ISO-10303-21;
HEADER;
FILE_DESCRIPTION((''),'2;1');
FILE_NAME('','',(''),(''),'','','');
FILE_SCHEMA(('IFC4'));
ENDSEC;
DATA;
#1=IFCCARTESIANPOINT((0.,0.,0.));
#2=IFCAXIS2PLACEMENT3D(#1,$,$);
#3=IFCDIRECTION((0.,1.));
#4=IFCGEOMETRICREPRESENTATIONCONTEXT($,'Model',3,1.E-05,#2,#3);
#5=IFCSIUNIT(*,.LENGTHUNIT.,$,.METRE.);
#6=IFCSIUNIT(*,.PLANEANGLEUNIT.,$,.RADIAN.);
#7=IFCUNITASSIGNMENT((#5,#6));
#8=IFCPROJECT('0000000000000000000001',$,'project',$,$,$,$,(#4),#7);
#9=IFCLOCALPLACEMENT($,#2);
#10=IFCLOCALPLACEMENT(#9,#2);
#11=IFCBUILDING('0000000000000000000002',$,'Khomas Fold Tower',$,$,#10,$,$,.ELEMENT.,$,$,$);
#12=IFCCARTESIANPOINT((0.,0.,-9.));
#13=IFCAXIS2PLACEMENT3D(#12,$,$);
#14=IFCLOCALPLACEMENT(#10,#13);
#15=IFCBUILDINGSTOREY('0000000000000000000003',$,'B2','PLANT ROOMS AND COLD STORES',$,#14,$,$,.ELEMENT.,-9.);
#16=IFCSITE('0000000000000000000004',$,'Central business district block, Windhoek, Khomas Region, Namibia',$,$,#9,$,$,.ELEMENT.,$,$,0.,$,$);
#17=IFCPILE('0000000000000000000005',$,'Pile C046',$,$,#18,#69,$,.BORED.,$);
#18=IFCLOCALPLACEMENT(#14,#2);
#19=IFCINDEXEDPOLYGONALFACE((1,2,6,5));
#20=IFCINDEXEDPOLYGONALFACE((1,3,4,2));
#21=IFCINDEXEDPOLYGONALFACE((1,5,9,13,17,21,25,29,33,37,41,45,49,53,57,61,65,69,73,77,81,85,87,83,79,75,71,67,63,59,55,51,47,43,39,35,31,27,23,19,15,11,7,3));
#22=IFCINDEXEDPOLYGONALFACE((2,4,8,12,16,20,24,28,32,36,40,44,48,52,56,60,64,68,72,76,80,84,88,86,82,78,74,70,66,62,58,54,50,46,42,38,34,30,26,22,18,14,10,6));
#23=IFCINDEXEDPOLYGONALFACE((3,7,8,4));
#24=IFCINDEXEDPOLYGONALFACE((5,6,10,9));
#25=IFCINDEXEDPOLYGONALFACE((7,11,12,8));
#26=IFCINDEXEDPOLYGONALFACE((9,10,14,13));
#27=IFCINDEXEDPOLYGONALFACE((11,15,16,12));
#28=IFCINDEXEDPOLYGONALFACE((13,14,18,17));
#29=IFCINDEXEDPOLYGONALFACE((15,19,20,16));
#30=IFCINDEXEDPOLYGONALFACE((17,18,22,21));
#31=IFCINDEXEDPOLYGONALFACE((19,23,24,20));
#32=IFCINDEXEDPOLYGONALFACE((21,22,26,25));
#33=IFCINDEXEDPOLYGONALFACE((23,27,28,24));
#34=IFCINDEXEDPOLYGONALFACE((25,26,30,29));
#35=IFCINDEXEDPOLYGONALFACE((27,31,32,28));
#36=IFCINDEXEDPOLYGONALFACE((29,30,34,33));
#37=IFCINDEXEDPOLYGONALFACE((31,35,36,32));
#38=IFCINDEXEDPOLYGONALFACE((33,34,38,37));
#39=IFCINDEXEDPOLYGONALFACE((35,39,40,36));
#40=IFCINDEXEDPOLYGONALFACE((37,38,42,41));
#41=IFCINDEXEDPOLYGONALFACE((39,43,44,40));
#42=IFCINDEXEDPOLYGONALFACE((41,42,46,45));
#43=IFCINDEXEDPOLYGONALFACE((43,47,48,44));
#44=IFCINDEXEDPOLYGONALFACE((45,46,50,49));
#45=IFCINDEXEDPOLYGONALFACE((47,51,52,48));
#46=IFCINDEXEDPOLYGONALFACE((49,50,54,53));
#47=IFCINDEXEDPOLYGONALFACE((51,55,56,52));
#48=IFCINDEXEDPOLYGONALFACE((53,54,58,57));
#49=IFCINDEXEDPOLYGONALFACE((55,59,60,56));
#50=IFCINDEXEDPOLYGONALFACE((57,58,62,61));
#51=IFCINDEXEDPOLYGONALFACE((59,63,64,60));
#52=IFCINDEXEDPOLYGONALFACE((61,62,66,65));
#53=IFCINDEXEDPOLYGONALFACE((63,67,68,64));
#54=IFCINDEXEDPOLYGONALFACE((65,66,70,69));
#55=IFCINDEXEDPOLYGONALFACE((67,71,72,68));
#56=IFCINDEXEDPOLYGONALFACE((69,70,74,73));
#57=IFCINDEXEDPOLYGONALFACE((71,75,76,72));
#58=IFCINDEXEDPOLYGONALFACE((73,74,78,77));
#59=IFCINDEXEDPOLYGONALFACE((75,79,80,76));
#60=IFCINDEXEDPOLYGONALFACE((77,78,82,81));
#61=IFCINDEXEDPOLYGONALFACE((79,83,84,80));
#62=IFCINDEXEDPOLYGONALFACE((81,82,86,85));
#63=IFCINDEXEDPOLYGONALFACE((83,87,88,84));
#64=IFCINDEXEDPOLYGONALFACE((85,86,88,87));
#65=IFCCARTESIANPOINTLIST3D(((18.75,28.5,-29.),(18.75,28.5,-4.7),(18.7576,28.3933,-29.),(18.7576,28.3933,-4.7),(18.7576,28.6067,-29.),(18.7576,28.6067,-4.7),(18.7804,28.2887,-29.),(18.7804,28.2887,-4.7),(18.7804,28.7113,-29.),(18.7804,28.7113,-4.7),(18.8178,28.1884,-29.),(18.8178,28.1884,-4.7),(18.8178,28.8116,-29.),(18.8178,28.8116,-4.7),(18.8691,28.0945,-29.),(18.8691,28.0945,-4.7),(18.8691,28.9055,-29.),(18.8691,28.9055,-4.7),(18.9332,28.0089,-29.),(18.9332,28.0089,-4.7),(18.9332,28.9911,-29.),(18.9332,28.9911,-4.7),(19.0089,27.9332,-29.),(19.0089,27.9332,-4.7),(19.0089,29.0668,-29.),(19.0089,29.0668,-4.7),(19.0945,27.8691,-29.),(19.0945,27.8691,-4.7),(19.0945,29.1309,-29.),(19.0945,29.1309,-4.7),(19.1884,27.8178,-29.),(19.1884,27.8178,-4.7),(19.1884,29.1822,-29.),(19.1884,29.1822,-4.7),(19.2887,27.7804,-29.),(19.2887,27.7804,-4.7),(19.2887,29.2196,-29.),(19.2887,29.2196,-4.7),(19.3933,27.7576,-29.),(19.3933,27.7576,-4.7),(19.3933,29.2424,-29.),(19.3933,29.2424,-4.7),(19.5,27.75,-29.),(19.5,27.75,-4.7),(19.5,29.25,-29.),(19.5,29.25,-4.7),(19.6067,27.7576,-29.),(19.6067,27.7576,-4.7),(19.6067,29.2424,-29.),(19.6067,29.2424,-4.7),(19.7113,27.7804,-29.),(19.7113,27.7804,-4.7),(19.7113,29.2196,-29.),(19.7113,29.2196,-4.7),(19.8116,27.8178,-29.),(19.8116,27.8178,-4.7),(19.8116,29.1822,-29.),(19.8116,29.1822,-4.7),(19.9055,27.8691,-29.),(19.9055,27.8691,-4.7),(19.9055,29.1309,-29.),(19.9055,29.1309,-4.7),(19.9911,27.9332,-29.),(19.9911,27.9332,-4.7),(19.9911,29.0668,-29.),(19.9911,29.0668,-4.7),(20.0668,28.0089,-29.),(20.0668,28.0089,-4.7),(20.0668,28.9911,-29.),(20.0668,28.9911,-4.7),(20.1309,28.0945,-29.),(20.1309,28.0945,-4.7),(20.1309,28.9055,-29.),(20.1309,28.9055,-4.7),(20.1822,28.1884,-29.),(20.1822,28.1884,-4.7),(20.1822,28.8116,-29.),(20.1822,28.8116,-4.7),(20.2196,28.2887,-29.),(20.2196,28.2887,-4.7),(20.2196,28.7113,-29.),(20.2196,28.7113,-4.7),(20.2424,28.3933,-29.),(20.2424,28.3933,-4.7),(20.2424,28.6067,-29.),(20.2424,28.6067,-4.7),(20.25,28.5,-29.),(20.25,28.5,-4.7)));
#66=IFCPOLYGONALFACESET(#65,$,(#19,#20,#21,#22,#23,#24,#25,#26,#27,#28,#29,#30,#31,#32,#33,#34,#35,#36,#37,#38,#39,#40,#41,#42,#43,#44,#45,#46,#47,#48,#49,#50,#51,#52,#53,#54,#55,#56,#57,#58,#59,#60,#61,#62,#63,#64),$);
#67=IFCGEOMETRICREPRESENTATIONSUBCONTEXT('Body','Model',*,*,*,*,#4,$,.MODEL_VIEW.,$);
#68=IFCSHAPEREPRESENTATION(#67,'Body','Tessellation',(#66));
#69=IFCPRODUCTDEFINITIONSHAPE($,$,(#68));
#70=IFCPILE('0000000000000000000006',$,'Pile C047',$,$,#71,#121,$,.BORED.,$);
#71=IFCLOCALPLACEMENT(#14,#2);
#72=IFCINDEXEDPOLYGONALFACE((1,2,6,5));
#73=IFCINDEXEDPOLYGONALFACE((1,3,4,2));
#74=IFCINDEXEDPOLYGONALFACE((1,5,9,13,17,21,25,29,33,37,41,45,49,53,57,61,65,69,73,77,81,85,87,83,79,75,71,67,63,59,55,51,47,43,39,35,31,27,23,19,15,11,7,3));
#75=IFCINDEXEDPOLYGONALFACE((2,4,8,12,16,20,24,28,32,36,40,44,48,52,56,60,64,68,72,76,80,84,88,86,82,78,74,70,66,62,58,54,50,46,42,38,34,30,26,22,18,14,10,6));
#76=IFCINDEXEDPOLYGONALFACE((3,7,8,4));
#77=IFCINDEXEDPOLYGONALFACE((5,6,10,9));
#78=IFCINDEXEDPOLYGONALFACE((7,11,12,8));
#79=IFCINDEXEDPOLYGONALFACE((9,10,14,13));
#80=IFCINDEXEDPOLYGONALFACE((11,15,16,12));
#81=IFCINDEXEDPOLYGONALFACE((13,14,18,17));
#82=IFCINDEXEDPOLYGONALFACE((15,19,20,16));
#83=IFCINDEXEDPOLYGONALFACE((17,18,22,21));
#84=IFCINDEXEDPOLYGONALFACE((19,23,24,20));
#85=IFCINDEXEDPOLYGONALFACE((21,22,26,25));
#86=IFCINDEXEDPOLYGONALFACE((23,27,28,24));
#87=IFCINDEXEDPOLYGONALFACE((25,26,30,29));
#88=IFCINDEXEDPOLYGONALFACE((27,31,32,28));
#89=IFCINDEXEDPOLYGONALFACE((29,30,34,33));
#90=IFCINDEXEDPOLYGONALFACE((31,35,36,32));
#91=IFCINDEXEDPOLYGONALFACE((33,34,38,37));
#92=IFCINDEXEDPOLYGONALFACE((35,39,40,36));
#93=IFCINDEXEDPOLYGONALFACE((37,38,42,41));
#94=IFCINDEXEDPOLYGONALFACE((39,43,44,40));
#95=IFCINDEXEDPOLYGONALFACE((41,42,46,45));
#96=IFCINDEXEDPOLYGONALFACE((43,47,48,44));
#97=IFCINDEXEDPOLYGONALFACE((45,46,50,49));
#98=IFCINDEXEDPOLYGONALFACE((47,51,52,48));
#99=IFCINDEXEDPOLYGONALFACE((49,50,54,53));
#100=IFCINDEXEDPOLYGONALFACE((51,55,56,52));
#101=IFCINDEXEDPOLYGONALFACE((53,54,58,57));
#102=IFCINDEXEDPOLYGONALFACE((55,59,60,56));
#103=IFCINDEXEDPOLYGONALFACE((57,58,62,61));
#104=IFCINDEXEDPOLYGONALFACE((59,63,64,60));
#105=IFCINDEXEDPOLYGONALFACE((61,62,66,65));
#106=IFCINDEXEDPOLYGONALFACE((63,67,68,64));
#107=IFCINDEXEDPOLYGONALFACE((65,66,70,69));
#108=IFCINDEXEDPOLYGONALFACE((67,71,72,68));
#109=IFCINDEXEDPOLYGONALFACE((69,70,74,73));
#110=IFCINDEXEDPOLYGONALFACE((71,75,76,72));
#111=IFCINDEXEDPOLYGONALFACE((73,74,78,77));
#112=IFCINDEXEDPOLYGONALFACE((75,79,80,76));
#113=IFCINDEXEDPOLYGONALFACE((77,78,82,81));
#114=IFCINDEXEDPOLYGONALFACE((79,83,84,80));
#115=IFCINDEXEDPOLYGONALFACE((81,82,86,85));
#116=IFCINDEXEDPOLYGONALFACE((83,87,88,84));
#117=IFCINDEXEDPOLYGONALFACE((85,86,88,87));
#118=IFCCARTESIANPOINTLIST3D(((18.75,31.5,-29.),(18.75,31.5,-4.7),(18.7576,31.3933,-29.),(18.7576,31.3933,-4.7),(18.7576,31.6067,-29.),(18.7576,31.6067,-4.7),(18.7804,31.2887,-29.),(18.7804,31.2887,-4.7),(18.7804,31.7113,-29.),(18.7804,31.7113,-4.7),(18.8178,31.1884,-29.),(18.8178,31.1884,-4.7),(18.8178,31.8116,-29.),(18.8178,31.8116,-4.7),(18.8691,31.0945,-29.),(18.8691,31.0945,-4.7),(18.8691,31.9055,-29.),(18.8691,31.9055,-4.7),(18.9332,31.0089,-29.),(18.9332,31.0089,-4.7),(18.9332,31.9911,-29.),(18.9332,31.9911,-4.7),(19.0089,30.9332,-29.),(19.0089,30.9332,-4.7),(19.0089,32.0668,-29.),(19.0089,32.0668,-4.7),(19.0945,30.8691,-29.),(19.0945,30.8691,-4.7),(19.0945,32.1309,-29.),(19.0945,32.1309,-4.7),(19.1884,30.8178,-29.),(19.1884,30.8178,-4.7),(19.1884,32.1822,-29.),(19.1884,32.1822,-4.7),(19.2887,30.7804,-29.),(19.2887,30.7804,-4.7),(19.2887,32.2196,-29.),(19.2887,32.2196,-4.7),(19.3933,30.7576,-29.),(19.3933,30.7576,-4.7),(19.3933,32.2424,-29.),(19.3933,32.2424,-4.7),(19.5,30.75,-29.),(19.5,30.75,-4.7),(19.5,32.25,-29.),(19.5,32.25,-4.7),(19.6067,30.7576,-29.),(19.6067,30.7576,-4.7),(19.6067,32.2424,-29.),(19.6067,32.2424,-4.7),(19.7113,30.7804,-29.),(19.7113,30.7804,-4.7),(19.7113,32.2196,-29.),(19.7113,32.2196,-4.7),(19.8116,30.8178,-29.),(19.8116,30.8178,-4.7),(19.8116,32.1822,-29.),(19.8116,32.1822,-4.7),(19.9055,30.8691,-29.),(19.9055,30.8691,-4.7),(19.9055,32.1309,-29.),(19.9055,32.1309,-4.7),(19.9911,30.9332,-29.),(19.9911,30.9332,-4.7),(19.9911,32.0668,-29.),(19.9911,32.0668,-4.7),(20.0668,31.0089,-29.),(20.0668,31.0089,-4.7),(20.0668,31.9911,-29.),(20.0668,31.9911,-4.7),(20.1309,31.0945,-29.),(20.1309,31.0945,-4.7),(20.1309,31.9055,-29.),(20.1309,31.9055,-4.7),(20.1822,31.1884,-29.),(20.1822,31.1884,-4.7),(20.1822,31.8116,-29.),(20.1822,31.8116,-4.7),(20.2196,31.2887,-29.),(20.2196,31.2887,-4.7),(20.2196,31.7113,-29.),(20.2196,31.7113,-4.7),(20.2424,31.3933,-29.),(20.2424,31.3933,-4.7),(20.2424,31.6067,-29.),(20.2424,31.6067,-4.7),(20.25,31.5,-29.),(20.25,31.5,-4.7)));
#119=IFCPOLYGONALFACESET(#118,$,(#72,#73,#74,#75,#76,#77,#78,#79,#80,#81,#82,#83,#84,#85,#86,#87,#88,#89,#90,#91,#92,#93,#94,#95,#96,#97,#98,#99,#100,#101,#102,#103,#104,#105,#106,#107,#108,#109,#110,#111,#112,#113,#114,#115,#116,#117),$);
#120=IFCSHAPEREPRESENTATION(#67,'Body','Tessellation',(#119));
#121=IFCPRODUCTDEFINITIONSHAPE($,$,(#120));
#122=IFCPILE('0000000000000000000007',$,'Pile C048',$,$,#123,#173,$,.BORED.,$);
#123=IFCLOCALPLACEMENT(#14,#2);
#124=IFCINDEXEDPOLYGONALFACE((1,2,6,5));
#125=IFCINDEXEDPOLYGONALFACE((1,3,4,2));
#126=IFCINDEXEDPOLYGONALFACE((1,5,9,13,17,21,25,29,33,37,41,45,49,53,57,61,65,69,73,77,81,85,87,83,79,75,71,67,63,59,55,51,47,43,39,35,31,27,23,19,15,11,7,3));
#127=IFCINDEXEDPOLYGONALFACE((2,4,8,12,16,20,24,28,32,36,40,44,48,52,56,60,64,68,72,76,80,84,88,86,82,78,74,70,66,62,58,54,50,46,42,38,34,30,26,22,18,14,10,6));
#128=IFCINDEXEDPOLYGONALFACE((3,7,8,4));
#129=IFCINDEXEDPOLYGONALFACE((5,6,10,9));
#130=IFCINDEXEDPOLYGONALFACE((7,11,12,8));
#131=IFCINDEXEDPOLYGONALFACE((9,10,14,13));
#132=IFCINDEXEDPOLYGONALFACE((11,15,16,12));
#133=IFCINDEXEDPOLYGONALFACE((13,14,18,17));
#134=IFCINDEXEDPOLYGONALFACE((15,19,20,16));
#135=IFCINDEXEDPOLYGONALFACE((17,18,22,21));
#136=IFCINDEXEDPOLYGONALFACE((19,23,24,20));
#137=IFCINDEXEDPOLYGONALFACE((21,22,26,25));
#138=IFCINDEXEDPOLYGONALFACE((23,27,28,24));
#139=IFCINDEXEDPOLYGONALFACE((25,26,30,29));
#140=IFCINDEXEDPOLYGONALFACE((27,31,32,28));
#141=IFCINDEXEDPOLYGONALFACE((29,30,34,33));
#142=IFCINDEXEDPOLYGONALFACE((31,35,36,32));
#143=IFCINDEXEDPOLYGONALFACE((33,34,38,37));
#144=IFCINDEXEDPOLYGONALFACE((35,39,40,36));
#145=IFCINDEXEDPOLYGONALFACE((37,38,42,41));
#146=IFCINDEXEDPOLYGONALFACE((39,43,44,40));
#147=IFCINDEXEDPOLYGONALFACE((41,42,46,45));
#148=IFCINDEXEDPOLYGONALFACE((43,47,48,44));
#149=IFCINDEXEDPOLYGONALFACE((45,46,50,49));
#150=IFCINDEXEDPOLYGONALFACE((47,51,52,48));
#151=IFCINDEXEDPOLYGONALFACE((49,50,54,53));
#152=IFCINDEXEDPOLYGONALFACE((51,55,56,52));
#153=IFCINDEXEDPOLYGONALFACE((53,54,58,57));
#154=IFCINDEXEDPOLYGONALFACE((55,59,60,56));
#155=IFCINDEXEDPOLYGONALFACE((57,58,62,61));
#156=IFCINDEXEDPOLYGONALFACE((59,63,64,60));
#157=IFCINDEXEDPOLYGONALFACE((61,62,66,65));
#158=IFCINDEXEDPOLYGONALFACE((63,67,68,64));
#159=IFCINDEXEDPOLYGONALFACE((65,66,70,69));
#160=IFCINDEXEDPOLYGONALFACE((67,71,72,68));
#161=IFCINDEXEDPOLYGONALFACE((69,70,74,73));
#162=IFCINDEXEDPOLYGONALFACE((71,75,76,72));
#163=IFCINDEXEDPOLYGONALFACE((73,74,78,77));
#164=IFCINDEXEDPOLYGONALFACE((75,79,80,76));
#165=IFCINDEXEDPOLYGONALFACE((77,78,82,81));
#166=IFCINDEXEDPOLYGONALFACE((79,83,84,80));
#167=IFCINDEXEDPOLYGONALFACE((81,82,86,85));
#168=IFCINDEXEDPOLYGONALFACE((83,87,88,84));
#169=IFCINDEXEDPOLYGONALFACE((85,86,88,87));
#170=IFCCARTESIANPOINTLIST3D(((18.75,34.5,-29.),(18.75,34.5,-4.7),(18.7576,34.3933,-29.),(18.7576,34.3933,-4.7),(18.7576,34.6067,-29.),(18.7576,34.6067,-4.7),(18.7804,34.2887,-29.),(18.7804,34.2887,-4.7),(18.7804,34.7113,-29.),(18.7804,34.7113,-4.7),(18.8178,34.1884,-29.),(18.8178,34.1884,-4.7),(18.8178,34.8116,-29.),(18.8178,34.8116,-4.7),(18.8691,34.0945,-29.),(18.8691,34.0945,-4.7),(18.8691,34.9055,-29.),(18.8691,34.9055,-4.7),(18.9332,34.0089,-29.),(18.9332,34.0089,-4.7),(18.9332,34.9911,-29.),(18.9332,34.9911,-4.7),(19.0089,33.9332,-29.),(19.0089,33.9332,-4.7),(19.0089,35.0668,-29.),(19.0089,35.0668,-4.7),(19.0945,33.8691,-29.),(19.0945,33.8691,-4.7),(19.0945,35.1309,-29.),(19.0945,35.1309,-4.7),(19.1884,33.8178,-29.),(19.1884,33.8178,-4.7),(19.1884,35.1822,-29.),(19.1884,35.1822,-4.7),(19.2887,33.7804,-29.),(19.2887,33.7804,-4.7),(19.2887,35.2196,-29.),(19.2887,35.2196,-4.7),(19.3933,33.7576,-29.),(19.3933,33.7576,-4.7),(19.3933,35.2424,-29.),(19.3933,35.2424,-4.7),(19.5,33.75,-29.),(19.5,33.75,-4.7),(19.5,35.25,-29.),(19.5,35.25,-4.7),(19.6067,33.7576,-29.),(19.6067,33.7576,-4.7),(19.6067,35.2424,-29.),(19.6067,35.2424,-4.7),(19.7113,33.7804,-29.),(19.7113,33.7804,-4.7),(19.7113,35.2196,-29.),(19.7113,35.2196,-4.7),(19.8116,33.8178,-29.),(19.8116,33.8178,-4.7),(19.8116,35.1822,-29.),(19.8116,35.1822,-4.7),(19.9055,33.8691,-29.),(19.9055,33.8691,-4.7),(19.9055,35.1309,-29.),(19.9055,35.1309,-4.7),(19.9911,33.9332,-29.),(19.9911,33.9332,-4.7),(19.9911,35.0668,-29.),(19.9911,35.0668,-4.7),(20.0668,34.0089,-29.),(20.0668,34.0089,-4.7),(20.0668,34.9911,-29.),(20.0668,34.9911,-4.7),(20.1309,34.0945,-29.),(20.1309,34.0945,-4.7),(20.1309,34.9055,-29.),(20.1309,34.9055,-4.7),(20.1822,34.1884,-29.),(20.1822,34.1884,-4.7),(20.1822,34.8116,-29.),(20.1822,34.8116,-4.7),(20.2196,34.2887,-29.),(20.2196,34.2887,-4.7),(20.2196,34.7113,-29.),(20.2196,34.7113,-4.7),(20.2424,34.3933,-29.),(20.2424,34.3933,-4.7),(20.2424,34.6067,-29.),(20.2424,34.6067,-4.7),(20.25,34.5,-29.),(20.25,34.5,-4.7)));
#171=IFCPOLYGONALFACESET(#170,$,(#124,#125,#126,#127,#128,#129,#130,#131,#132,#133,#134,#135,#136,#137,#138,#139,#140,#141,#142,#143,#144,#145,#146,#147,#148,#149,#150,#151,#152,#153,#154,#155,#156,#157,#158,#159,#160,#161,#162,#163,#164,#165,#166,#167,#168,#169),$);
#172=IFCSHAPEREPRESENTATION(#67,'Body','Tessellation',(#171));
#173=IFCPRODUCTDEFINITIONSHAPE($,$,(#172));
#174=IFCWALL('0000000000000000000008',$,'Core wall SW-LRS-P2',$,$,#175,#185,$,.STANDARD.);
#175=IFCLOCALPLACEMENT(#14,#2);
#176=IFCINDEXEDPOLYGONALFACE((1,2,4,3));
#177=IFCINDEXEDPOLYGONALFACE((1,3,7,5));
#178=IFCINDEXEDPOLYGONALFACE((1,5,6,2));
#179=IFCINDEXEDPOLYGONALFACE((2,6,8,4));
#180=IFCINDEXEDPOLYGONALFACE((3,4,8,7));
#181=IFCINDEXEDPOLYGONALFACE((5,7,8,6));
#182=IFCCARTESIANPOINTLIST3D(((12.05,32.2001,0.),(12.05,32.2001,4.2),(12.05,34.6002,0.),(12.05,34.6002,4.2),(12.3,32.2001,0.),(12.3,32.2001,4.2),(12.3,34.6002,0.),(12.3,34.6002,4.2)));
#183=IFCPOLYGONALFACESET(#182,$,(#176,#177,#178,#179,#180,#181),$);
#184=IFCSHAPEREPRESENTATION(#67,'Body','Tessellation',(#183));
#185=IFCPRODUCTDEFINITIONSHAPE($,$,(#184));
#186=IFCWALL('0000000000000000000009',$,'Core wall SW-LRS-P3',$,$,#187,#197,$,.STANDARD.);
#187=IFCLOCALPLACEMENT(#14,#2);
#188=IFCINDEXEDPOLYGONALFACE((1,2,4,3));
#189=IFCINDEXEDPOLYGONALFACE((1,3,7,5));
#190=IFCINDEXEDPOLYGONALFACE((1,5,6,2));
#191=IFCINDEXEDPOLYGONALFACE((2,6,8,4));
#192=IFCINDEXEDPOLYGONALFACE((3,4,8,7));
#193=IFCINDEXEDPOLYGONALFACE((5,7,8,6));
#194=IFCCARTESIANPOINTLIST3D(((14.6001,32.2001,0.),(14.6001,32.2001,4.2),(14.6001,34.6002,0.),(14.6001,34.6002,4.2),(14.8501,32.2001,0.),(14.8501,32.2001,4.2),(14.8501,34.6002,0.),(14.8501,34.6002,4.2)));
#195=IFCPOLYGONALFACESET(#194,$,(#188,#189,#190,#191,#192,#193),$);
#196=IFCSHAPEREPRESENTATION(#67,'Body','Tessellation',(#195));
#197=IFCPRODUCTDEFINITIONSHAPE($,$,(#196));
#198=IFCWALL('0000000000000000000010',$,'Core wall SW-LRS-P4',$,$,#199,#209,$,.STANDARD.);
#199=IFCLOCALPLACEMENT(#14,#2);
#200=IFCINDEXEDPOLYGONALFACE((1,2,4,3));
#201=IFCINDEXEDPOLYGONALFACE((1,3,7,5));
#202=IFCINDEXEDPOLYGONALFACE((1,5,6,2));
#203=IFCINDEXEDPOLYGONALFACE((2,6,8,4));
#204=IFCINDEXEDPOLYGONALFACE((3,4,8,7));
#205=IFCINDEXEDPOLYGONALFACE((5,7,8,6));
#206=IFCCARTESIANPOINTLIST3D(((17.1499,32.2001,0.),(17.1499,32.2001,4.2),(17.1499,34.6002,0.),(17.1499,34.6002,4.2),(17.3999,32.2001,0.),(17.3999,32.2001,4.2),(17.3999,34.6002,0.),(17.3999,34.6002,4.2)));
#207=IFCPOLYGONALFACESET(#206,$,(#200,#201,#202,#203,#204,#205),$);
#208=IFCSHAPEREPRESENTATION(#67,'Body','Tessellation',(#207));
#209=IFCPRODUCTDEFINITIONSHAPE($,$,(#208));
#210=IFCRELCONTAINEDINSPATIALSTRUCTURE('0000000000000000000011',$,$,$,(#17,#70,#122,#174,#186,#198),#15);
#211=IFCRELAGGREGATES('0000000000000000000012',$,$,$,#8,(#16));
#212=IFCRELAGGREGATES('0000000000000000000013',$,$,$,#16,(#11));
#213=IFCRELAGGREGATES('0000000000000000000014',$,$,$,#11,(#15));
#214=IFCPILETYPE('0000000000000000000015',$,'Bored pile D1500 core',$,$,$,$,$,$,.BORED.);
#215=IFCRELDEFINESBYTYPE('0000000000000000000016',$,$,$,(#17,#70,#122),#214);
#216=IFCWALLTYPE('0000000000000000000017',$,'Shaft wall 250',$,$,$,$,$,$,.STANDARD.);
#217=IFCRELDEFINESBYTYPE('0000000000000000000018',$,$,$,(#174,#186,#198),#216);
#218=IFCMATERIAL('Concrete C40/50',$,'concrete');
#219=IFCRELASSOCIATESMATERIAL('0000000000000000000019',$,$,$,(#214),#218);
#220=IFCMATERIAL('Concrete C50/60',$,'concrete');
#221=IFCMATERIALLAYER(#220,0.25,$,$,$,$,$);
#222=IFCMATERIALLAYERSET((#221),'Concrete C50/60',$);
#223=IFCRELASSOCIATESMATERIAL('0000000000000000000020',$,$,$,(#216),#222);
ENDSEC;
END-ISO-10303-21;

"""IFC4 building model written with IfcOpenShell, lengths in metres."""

from ifc_helpers import new_model, si_unit, direction, frame, frame_2d, origin, origin_2d, place, context, subcontext, project, spatial, rectangle, circle, extrude, source, transform, mapped, material, layer, layer_set, material_profile, profile_set, type_object, element, save


model = new_model("IFC4")

# Units and contexts
model_context = context("Model", 3, precision=1e-05, world=origin(), true_north=direction((0.0, 1.0)))
body_context = subcontext(model_context, "Body", "Model", "MODEL_VIEW")
ifc_project = project(units=[si_unit("LENGTHUNIT", "METRE"), si_unit("PLANEANGLEUNIT", "RADIAN")], contexts=[model_context])

# Site, building, storey
site_placement = place(None, origin())
site = spatial("IfcSite", under=ifc_project, at=site_placement, Name="Central business district block, Windhoek, Khomas Region, Namibia", CompositionType="ELEMENT", RefElevation=0.0)
building_placement = place(site_placement, origin())
building = spatial("IfcBuilding", under=site, at=building_placement, Name="Khomas Fold Tower", CompositionType="ELEMENT")
storey_placement = place(building_placement, frame((0.0, 0.0, -9.0)))
storey = spatial("IfcBuildingStorey", under=building, at=storey_placement, Name="B2", Description="PLANT ROOMS AND COLD STORES", CompositionType="ELEMENT", Elevation=-9.0)

# Piles
ifc_material_1 = material(Name="Concrete C40/50", Category="concrete")
ifc_material_profile = material_profile(ifc_material_1, circle(Radius=0.75, at=origin_2d()), Name="PILE D1500")
ifc_profile_set = profile_set([ifc_material_profile], Name="Concrete C40/50")
pile_type = type_object("IfcPileType", Name="Bored pile D1500 core", PredefinedType="BORED", material=ifc_profile_set)
shared_shape_1 = source(origin(), body_context, "Body", "SweptSolid", [
    extrude(circle(Radius=0.75, at=origin_2d()), origin(), (0.0, 0.0, 1.0), 24.3),
])
for number, where, z_axis, x_axis, name in (
    (1, (19.5, 28.5, -4.7), (0.0, 0.0, -1.0), (1.0, 0.0, 0.0), "Pile C046"),
    (2, (19.5, 31.5, -4.7), (0.0, 0.0, -1.0), (1.0, 0.0, 0.0), "Pile C047"),
    (3, (19.5, 34.5, -4.7), (0.0, 0.0, -1.0), (1.0, 0.0, 0.0), "Pile C048"),
):
    element("IfcPile", number, at=place(storey_placement, frame(where, z_axis=z_axis, x_axis=x_axis)), inside=storey, type_object=pile_type, Name=name, PredefinedType="BORED", context=body_context, shape_type="MappedRepresentation", body=[
        mapped(shared_shape_1, transform((0.0, 0.0, 0.0))),
    ])

# Walls
ifc_material_2 = material(Name="Concrete C50/60", Category="concrete")
ifc_layer_1 = layer(ifc_material_2, 0.25)
ifc_layer_set_1 = layer_set([ifc_layer_1], Name="Concrete C50/60")
wall_type_1 = type_object("IfcWallType", Name="Shaft wall 250", PredefinedType="STANDARD", material=ifc_layer_set_1)
shared_shape_2 = source(origin(), body_context, "Body", "SweptSolid", [
    extrude(rectangle(XDim=2.4001, YDim=0.25, at=frame_2d((1.2002, 0.0))), origin(), (0.0, 0.0, 1.0), 4.2),
])
for number, where, z_axis, x_axis, name in (
    (4, (12.175, 32.2, 0.0), (0.0, 0.0, 1.0), (0.0, 1.0, 0.0), "Core wall SW-LRS-P2"),
    (5, (14.7251, 32.2, 0.0), (0.0, 0.0, 1.0), (0.0, 1.0, 0.0), "Core wall SW-LRS-P3"),
    (6, (17.2749, 32.2, 0.0), (0.0, 0.0, 1.0), (0.0, 1.0, 0.0), "Core wall SW-LRS-P4"),
):
    element("IfcWall", number, at=place(storey_placement, frame(where, z_axis=z_axis, x_axis=x_axis)), inside=storey, type_object=wall_type_1, Name=name, PredefinedType="STANDARD", context=body_context, shape_type="MappedRepresentation", body=[
        mapped(shared_shape_2, transform((0.0, 0.0, 0.0))),
    ])

save(model, "model.ifc")
